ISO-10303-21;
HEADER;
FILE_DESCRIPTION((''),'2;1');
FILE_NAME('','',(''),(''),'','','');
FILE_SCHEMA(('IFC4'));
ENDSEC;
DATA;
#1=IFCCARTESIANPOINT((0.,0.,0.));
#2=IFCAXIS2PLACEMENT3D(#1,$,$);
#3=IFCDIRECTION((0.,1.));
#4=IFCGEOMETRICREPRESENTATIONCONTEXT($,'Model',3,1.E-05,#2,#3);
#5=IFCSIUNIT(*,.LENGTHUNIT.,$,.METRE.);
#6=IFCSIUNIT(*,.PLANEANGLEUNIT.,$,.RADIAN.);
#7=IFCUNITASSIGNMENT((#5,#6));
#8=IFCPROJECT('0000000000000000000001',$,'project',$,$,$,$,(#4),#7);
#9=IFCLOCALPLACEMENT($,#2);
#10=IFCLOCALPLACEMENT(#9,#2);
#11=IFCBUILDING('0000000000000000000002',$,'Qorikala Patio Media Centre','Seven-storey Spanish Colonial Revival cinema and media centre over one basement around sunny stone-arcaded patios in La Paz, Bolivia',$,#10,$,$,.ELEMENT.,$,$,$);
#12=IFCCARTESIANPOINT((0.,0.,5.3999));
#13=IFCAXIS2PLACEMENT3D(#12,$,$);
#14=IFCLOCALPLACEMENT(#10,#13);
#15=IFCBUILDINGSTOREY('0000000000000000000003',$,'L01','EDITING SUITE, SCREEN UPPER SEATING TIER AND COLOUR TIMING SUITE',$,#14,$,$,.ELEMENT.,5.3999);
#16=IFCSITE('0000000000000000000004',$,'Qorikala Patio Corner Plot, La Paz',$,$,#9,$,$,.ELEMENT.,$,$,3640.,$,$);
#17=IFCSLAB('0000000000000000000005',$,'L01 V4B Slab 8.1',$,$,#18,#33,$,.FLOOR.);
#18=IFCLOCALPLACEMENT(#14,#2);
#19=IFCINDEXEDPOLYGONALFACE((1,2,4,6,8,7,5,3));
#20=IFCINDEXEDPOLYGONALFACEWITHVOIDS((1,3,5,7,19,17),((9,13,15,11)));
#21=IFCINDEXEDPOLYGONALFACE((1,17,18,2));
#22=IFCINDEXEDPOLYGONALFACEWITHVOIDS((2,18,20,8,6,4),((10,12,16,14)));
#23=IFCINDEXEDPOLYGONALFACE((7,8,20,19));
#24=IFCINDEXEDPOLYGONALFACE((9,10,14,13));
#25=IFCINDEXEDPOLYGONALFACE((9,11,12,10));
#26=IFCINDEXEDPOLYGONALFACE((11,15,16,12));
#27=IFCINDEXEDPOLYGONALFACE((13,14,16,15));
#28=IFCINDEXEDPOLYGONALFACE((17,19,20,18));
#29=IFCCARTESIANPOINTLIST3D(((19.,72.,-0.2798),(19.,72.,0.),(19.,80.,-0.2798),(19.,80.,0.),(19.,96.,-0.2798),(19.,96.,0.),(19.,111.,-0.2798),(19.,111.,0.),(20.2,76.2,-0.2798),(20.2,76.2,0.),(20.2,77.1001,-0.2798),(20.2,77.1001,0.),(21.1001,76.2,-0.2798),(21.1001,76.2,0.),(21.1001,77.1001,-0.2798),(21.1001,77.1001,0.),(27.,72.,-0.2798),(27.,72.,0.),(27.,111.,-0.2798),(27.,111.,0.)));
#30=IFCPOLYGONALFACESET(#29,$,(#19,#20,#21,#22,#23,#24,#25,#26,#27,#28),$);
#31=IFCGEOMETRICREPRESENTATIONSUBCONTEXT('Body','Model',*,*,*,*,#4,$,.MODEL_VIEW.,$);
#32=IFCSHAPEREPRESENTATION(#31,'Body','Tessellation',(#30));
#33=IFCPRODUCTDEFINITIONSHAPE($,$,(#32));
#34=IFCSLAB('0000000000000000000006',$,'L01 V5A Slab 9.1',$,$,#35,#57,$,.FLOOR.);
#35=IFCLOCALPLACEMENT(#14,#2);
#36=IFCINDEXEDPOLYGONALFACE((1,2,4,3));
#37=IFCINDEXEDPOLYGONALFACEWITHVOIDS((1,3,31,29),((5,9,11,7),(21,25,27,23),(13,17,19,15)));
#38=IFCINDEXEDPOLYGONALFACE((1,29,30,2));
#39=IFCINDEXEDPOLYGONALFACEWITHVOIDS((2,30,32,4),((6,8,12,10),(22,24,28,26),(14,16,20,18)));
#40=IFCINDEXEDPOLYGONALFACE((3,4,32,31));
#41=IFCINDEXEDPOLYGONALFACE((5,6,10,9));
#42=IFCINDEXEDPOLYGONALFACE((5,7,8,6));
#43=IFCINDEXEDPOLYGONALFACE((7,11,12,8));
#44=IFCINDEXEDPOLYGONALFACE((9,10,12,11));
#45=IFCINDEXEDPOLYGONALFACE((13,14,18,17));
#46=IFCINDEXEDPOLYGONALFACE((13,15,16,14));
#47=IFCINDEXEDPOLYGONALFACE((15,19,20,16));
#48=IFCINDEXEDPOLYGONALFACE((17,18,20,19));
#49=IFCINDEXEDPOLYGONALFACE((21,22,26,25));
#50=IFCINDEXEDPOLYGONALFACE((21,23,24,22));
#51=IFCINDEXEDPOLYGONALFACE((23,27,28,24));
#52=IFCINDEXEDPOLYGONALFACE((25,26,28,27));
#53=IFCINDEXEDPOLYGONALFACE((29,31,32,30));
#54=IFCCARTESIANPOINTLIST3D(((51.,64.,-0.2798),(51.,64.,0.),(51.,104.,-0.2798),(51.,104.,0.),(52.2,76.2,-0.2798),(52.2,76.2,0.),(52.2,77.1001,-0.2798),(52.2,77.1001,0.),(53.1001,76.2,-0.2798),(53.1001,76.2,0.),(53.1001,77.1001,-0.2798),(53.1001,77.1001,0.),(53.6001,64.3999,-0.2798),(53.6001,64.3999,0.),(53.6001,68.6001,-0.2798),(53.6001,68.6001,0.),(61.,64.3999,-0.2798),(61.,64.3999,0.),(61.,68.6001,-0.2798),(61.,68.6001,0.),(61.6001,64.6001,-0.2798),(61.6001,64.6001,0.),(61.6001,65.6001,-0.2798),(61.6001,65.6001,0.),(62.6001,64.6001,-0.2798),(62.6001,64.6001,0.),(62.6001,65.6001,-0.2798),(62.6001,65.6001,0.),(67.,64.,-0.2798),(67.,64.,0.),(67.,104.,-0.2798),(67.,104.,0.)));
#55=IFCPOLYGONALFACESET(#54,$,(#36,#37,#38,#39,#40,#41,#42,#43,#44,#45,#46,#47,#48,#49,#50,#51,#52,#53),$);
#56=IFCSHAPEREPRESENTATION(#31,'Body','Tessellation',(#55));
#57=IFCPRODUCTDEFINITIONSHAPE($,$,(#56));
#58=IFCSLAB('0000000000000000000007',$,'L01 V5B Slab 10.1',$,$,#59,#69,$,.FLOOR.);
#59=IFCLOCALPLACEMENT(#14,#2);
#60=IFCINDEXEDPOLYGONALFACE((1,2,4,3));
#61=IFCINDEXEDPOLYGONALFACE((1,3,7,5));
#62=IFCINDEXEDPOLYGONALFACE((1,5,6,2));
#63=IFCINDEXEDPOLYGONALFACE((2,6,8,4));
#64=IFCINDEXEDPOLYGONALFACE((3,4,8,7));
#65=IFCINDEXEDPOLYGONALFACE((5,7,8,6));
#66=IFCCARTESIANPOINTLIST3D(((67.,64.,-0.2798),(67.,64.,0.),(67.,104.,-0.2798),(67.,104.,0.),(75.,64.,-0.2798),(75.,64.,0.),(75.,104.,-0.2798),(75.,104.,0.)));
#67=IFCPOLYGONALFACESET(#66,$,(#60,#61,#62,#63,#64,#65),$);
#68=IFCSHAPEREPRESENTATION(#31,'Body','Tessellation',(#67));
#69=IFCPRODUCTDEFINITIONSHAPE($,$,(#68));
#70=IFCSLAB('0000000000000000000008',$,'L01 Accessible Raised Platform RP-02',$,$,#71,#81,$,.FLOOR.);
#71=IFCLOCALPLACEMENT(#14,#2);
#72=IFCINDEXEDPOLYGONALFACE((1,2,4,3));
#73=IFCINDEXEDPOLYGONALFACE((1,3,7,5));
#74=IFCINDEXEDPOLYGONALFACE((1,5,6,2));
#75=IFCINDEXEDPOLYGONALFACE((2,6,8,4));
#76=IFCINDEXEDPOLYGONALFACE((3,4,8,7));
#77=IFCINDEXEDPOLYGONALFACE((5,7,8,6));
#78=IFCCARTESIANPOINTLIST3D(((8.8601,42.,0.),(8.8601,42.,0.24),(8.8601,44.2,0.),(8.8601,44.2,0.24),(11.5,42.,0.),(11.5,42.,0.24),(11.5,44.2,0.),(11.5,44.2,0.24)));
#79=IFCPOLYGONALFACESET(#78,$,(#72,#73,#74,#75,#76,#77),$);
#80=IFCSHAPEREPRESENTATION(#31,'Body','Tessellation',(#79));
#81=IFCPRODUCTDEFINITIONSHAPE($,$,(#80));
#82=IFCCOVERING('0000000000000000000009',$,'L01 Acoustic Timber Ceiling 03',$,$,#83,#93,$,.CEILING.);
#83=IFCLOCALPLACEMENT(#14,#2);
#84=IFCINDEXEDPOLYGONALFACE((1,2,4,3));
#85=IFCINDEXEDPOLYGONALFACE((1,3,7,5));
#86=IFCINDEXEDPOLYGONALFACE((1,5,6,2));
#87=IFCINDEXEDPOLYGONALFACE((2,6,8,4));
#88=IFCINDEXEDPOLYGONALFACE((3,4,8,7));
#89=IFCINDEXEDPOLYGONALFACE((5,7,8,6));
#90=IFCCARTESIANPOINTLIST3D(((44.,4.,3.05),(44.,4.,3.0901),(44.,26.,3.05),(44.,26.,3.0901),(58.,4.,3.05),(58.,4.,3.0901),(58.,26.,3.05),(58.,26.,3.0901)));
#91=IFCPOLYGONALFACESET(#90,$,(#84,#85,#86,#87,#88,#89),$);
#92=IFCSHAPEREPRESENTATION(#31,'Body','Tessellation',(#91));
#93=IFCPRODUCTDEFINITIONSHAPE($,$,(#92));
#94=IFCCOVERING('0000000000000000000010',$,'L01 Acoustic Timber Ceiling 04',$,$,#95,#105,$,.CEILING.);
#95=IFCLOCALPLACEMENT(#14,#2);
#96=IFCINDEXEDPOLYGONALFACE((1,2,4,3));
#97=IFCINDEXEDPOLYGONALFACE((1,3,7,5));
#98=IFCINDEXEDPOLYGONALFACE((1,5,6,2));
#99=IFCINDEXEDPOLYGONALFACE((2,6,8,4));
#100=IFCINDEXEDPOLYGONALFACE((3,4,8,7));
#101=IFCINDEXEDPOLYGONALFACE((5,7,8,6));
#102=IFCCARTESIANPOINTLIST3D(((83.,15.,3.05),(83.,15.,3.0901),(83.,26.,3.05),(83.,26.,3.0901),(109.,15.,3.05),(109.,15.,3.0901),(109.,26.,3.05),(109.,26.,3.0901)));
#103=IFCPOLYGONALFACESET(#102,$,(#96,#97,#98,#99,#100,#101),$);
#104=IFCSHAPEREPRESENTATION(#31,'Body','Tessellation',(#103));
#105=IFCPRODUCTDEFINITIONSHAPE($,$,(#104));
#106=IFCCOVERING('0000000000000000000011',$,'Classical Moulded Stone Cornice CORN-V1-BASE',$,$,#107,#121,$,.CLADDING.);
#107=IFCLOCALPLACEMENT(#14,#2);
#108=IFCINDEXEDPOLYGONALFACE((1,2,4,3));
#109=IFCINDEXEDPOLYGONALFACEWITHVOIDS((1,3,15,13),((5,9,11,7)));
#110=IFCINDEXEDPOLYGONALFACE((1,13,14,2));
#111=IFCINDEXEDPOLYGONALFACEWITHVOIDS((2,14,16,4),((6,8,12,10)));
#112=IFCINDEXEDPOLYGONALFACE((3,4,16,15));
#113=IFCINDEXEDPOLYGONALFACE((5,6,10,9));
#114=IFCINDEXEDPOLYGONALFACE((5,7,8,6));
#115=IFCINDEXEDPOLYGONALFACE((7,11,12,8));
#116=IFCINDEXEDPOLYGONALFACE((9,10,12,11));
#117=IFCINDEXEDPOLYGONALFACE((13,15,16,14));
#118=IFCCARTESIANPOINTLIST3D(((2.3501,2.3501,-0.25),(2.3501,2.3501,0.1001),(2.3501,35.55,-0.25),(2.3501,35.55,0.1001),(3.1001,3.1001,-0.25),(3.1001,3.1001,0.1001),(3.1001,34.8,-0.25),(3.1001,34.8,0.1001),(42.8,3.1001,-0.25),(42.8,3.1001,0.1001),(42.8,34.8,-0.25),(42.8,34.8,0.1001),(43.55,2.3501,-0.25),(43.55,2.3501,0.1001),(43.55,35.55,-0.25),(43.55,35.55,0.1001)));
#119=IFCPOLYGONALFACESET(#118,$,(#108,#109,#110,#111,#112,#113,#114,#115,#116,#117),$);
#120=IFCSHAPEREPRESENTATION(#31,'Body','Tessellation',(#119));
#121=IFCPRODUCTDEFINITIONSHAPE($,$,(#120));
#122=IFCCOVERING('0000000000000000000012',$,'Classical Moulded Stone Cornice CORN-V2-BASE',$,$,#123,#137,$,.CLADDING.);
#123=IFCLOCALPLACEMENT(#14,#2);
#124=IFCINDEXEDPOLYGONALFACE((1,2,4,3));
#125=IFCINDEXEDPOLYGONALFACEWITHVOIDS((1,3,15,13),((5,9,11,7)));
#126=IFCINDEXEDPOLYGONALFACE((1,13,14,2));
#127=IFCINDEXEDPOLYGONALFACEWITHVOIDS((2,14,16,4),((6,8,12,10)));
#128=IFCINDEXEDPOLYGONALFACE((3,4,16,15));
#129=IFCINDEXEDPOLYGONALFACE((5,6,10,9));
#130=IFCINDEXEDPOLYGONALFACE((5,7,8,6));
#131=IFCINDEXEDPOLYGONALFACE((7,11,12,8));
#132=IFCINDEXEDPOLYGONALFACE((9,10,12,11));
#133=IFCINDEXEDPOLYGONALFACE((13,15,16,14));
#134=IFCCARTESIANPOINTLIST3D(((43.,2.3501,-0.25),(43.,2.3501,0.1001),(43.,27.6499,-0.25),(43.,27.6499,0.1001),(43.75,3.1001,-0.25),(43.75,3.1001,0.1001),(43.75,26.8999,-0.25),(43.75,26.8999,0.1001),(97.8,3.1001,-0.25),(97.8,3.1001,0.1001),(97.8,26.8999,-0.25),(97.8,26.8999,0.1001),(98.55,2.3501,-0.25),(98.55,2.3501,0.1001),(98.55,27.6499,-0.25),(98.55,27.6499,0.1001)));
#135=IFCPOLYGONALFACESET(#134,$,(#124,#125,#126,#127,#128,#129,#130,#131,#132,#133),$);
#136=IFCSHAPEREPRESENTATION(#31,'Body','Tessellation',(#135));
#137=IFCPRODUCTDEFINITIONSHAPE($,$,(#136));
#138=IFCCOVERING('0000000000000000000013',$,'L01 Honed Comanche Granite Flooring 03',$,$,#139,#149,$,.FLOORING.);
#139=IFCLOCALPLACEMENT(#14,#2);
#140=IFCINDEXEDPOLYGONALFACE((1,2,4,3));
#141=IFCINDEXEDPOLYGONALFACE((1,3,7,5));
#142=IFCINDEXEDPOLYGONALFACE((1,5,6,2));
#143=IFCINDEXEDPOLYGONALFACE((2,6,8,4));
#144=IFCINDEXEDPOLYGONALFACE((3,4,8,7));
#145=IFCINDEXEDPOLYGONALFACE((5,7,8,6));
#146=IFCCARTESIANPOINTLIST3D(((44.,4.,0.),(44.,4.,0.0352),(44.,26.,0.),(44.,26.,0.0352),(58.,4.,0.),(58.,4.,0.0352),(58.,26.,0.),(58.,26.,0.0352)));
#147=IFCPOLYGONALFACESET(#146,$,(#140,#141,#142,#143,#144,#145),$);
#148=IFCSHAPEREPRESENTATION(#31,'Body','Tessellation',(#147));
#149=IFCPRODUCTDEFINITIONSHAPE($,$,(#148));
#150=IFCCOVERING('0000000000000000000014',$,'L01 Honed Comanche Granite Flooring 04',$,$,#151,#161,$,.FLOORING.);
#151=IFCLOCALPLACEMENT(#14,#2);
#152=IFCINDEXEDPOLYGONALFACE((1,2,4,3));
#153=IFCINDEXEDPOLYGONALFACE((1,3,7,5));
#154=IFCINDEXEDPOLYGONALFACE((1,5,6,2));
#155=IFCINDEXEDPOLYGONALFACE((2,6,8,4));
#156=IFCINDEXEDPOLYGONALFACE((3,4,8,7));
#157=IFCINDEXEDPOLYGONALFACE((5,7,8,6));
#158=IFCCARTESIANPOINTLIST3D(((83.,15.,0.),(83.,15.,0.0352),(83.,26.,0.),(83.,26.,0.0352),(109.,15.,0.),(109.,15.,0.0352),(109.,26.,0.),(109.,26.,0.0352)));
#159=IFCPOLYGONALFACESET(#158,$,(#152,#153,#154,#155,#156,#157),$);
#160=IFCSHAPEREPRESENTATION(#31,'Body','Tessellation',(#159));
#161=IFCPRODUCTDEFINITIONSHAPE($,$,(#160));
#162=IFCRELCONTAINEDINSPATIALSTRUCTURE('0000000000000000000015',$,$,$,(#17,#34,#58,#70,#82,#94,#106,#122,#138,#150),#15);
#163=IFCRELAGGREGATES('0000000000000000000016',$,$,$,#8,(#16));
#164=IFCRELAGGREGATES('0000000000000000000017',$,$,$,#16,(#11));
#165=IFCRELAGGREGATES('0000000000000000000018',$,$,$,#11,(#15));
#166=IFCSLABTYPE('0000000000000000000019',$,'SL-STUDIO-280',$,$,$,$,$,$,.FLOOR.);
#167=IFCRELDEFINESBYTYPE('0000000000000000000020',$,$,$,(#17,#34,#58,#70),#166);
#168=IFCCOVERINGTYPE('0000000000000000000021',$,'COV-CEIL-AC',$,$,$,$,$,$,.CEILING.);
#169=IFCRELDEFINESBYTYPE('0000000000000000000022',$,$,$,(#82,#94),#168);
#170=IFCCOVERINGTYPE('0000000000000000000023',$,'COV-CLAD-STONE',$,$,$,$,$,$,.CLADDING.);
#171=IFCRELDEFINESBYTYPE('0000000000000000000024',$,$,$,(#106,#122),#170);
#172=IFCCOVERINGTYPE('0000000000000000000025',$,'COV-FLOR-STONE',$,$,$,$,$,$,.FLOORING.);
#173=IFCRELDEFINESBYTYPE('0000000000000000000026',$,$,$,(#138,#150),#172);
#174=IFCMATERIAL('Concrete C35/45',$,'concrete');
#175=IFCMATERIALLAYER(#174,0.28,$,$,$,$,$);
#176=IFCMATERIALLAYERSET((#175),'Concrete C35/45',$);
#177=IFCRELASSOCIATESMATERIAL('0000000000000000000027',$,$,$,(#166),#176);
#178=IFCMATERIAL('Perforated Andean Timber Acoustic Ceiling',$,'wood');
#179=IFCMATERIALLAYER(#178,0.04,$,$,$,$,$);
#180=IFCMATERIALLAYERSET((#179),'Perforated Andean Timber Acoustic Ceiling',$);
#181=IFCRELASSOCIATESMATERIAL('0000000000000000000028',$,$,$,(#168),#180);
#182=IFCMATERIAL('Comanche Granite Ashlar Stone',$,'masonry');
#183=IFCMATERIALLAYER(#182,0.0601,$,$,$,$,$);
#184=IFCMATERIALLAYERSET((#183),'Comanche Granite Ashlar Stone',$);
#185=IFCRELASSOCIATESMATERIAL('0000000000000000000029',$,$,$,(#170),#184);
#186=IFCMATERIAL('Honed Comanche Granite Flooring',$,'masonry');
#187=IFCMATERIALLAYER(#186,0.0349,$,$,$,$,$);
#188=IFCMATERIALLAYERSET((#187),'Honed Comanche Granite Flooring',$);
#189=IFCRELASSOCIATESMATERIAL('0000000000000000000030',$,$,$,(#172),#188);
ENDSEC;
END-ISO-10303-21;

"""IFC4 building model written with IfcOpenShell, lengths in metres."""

from ifc_helpers import new_model, si_unit, direction, frame, origin, place, context, subcontext, project, spatial, polyline, outline, extrude, material, layer, layer_set, type_object, element, save


model = new_model("IFC4")

# Units and contexts
model_context = context("Model", 3, precision=1e-05, world=origin(), true_north=direction((0.0, 1.0)))
body_context = subcontext(model_context, "Body", "Model", "MODEL_VIEW")
ifc_project = project(units=[si_unit("LENGTHUNIT", "METRE"), si_unit("PLANEANGLEUNIT", "RADIAN")], contexts=[model_context])

# Site, building, storey
site_placement = place(None, origin())
site = spatial("IfcSite", under=ifc_project, at=site_placement, Name="Qorikala Patio Corner Plot, La Paz", CompositionType="ELEMENT", RefElevation=3640.0)
building_placement = place(site_placement, origin())
building = spatial("IfcBuilding", under=site, at=building_placement, Name="Qorikala Patio Media Centre", Description="Seven-storey Spanish Colonial Revival cinema and media centre over one basement around sunny stone-arcaded patios in La Paz, Bolivia", CompositionType="ELEMENT")
storey_placement = place(building_placement, frame((0.0, 0.0, 5.3999)))
storey = spatial("IfcBuildingStorey", under=building, at=storey_placement, Name="L01", Description="EDITING SUITE, SCREEN UPPER SEATING TIER AND COLOUR TIMING SUITE", CompositionType="ELEMENT", Elevation=5.3999)

# Shared definitions
ifc_material_1 = material(Name="Concrete C35/45", Category="concrete")

# Slabs
ifc_layer_1 = layer(ifc_material_1, 0.28)
ifc_layer_set_1 = layer_set([ifc_layer_1], Name="Concrete C35/45")
slab_type_1 = type_object("IfcSlabType", Name="SL-STUDIO-280", PredefinedType="FLOOR", material=ifc_layer_set_1)
slab_1_placement = place(storey_placement, frame((0.0, 0.0, -0.2798)))
element("IfcSlab", 1, at=slab_1_placement, inside=storey, type_object=slab_type_1, Name="L01 V4B Slab 8.1", PredefinedType="FLOOR", context=body_context, shape_type="SweptSolid", body=[
    extrude(outline(polyline([(27.0, 72.0), (19.0, 72.0), (19.0, 80.0), (19.0, 96.0), (19.0, 111.0), (27.0, 111.0), (27.0, 72.0)]), holes=[polyline([(20.2, 76.2), (21.1001, 76.2), (21.1001, 77.1001), (20.2, 77.1001), (20.2, 76.2)])]), origin(), (0.0, 0.0, 1.0), 0.2798),
])
slab_2_placement = place(storey_placement, frame((0.0, 0.0, -0.2798)))
element("IfcSlab", 2, at=slab_2_placement, inside=storey, type_object=slab_type_1, Name="L01 V5A Slab 9.1", PredefinedType="FLOOR", context=body_context, shape_type="SweptSolid", body=[
    extrude(outline(polyline([(51.0, 104.0), (67.0, 104.0), (67.0, 64.0), (51.0, 64.0), (51.0, 104.0)]), holes=[polyline([(61.6001, 64.6001), (62.6001, 64.6001), (62.6001, 65.6001), (61.6001, 65.6001), (61.6001, 64.6001)]), polyline([(53.6001, 64.3999), (61.0, 64.3999), (61.0, 68.6001), (53.6001, 68.6001), (53.6001, 64.3999)]), polyline([(52.2, 76.2), (53.1001, 76.2), (53.1001, 77.1001), (52.2, 77.1001), (52.2, 76.2)])]), origin(), (0.0, 0.0, 1.0), 0.2798),
])
slab_3_placement = place(storey_placement, frame((0.0, 0.0, -0.2798)))
element("IfcSlab", 3, at=slab_3_placement, inside=storey, type_object=slab_type_1, Name="L01 V5B Slab 10.1", PredefinedType="FLOOR", context=body_context, shape_type="SweptSolid", body=[
    extrude(outline(polyline([(75.0, 64.0), (67.0, 64.0), (67.0, 104.0), (75.0, 104.0), (75.0, 64.0)])), origin(), (0.0, 0.0, 1.0), 0.2798),
])
slab_4_placement = place(storey_placement, origin())
element("IfcSlab", 4, at=slab_4_placement, inside=storey, type_object=slab_type_1, Name="L01 Accessible Raised Platform RP-02", PredefinedType="FLOOR", context=body_context, shape_type="SweptSolid", body=[
    extrude(outline(polyline([(8.8601, 42.0), (11.5, 42.0), (11.5, 44.2), (8.8601, 44.2), (8.8601, 42.0)])), origin(), (0.0, 0.0, 1.0), 0.24),
])

# Coverings
ifc_material_2 = material(Name="Perforated Andean Timber Acoustic Ceiling", Category="wood")
ifc_layer_2 = layer(ifc_material_2, 0.04)
ifc_layer_set_2 = layer_set([ifc_layer_2], Name="Perforated Andean Timber Acoustic Ceiling")
covering_type_1 = type_object("IfcCoveringType", Name="COV-CEIL-AC", PredefinedType="CEILING", material=ifc_layer_set_2)
covering_1_placement = place(storey_placement, frame((0.0, 0.0, 3.05)))
element("IfcCovering", 5, at=covering_1_placement, inside=storey, type_object=covering_type_1, Name="L01 Acoustic Timber Ceiling 03", PredefinedType="CEILING", context=body_context, shape_type="SweptSolid", body=[
    extrude(outline(polyline([(44.0, 4.0), (58.0, 4.0), (58.0, 26.0), (44.0, 26.0), (44.0, 4.0)])), origin(), (0.0, 0.0, 1.0), 0.04),
])
covering_2_placement = place(storey_placement, frame((0.0, 0.0, 3.05)))
element("IfcCovering", 6, at=covering_2_placement, inside=storey, type_object=covering_type_1, Name="L01 Acoustic Timber Ceiling 04", PredefinedType="CEILING", context=body_context, shape_type="SweptSolid", body=[
    extrude(outline(polyline([(83.0, 15.0), (109.0, 15.0), (109.0, 26.0), (83.0, 26.0), (83.0, 15.0)])), origin(), (0.0, 0.0, 1.0), 0.04),
])
ifc_material_3 = material(Name="Comanche Granite Ashlar Stone", Category="masonry")
ifc_layer_3 = layer(ifc_material_3, 0.0601)
ifc_layer_set_3 = layer_set([ifc_layer_3], Name="Comanche Granite Ashlar Stone")
covering_type_2 = type_object("IfcCoveringType", Name="COV-CLAD-STONE", PredefinedType="CLADDING", material=ifc_layer_set_3)
covering_3_placement = place(storey_placement, frame((0.0, 0.0, -0.25)))
element("IfcCovering", 7, at=covering_3_placement, inside=storey, type_object=covering_type_2, Name="Classical Moulded Stone Cornice CORN-V1-BASE", PredefinedType="CLADDING", context=body_context, shape_type="SweptSolid", body=[
    extrude(outline(polyline([(2.3501, 2.3501), (43.55, 2.3501), (43.55, 35.55), (2.3501, 35.55), (2.3501, 2.3501)]), holes=[polyline([(3.1001, 3.1001), (42.8, 3.1001), (42.8, 34.8), (3.1001, 34.8), (3.1001, 3.1001)])]), origin(), (0.0, 0.0, 1.0), 0.3501),
])
covering_4_placement = place(storey_placement, frame((0.0, 0.0, -0.25)))
element("IfcCovering", 8, at=covering_4_placement, inside=storey, type_object=covering_type_2, Name="Classical Moulded Stone Cornice CORN-V2-BASE", PredefinedType="CLADDING", context=body_context, shape_type="SweptSolid", body=[
    extrude(outline(polyline([(43.0, 2.3501), (98.55, 2.3501), (98.55, 27.6499), (43.0, 27.6499), (43.0, 2.3501)]), holes=[polyline([(43.75, 3.1001), (97.8, 3.1001), (97.8, 26.8999), (43.75, 26.8999), (43.75, 3.1001)])]), origin(), (0.0, 0.0, 1.0), 0.3501),
])
ifc_material_4 = material(Name="Honed Comanche Granite Flooring", Category="masonry")
ifc_layer_4 = layer(ifc_material_4, 0.0349)
ifc_layer_set_4 = layer_set([ifc_layer_4], Name="Honed Comanche Granite Flooring")
covering_type_3 = type_object("IfcCoveringType", Name="COV-FLOR-STONE", PredefinedType="FLOORING", material=ifc_layer_set_4)
covering_5_placement = place(storey_placement, origin())
element("IfcCovering", 9, at=covering_5_placement, inside=storey, type_object=covering_type_3, Name="L01 Honed Comanche Granite Flooring 03", PredefinedType="FLOORING", context=body_context, shape_type="SweptSolid", body=[
    extrude(outline(polyline([(44.0, 4.0), (58.0, 4.0), (58.0, 26.0), (44.0, 26.0), (44.0, 4.0)])), origin(), (0.0, 0.0, 1.0), 0.0352),
])
covering_6_placement = place(storey_placement, origin())
element("IfcCovering", 10, at=covering_6_placement, inside=storey, type_object=covering_type_3, Name="L01 Honed Comanche Granite Flooring 04", PredefinedType="FLOORING", context=body_context, shape_type="SweptSolid", body=[
    extrude(outline(polyline([(83.0, 15.0), (109.0, 15.0), (109.0, 26.0), (83.0, 26.0), (83.0, 15.0)])), origin(), (0.0, 0.0, 1.0), 0.0352),
])

save(model, "model.ifc")
